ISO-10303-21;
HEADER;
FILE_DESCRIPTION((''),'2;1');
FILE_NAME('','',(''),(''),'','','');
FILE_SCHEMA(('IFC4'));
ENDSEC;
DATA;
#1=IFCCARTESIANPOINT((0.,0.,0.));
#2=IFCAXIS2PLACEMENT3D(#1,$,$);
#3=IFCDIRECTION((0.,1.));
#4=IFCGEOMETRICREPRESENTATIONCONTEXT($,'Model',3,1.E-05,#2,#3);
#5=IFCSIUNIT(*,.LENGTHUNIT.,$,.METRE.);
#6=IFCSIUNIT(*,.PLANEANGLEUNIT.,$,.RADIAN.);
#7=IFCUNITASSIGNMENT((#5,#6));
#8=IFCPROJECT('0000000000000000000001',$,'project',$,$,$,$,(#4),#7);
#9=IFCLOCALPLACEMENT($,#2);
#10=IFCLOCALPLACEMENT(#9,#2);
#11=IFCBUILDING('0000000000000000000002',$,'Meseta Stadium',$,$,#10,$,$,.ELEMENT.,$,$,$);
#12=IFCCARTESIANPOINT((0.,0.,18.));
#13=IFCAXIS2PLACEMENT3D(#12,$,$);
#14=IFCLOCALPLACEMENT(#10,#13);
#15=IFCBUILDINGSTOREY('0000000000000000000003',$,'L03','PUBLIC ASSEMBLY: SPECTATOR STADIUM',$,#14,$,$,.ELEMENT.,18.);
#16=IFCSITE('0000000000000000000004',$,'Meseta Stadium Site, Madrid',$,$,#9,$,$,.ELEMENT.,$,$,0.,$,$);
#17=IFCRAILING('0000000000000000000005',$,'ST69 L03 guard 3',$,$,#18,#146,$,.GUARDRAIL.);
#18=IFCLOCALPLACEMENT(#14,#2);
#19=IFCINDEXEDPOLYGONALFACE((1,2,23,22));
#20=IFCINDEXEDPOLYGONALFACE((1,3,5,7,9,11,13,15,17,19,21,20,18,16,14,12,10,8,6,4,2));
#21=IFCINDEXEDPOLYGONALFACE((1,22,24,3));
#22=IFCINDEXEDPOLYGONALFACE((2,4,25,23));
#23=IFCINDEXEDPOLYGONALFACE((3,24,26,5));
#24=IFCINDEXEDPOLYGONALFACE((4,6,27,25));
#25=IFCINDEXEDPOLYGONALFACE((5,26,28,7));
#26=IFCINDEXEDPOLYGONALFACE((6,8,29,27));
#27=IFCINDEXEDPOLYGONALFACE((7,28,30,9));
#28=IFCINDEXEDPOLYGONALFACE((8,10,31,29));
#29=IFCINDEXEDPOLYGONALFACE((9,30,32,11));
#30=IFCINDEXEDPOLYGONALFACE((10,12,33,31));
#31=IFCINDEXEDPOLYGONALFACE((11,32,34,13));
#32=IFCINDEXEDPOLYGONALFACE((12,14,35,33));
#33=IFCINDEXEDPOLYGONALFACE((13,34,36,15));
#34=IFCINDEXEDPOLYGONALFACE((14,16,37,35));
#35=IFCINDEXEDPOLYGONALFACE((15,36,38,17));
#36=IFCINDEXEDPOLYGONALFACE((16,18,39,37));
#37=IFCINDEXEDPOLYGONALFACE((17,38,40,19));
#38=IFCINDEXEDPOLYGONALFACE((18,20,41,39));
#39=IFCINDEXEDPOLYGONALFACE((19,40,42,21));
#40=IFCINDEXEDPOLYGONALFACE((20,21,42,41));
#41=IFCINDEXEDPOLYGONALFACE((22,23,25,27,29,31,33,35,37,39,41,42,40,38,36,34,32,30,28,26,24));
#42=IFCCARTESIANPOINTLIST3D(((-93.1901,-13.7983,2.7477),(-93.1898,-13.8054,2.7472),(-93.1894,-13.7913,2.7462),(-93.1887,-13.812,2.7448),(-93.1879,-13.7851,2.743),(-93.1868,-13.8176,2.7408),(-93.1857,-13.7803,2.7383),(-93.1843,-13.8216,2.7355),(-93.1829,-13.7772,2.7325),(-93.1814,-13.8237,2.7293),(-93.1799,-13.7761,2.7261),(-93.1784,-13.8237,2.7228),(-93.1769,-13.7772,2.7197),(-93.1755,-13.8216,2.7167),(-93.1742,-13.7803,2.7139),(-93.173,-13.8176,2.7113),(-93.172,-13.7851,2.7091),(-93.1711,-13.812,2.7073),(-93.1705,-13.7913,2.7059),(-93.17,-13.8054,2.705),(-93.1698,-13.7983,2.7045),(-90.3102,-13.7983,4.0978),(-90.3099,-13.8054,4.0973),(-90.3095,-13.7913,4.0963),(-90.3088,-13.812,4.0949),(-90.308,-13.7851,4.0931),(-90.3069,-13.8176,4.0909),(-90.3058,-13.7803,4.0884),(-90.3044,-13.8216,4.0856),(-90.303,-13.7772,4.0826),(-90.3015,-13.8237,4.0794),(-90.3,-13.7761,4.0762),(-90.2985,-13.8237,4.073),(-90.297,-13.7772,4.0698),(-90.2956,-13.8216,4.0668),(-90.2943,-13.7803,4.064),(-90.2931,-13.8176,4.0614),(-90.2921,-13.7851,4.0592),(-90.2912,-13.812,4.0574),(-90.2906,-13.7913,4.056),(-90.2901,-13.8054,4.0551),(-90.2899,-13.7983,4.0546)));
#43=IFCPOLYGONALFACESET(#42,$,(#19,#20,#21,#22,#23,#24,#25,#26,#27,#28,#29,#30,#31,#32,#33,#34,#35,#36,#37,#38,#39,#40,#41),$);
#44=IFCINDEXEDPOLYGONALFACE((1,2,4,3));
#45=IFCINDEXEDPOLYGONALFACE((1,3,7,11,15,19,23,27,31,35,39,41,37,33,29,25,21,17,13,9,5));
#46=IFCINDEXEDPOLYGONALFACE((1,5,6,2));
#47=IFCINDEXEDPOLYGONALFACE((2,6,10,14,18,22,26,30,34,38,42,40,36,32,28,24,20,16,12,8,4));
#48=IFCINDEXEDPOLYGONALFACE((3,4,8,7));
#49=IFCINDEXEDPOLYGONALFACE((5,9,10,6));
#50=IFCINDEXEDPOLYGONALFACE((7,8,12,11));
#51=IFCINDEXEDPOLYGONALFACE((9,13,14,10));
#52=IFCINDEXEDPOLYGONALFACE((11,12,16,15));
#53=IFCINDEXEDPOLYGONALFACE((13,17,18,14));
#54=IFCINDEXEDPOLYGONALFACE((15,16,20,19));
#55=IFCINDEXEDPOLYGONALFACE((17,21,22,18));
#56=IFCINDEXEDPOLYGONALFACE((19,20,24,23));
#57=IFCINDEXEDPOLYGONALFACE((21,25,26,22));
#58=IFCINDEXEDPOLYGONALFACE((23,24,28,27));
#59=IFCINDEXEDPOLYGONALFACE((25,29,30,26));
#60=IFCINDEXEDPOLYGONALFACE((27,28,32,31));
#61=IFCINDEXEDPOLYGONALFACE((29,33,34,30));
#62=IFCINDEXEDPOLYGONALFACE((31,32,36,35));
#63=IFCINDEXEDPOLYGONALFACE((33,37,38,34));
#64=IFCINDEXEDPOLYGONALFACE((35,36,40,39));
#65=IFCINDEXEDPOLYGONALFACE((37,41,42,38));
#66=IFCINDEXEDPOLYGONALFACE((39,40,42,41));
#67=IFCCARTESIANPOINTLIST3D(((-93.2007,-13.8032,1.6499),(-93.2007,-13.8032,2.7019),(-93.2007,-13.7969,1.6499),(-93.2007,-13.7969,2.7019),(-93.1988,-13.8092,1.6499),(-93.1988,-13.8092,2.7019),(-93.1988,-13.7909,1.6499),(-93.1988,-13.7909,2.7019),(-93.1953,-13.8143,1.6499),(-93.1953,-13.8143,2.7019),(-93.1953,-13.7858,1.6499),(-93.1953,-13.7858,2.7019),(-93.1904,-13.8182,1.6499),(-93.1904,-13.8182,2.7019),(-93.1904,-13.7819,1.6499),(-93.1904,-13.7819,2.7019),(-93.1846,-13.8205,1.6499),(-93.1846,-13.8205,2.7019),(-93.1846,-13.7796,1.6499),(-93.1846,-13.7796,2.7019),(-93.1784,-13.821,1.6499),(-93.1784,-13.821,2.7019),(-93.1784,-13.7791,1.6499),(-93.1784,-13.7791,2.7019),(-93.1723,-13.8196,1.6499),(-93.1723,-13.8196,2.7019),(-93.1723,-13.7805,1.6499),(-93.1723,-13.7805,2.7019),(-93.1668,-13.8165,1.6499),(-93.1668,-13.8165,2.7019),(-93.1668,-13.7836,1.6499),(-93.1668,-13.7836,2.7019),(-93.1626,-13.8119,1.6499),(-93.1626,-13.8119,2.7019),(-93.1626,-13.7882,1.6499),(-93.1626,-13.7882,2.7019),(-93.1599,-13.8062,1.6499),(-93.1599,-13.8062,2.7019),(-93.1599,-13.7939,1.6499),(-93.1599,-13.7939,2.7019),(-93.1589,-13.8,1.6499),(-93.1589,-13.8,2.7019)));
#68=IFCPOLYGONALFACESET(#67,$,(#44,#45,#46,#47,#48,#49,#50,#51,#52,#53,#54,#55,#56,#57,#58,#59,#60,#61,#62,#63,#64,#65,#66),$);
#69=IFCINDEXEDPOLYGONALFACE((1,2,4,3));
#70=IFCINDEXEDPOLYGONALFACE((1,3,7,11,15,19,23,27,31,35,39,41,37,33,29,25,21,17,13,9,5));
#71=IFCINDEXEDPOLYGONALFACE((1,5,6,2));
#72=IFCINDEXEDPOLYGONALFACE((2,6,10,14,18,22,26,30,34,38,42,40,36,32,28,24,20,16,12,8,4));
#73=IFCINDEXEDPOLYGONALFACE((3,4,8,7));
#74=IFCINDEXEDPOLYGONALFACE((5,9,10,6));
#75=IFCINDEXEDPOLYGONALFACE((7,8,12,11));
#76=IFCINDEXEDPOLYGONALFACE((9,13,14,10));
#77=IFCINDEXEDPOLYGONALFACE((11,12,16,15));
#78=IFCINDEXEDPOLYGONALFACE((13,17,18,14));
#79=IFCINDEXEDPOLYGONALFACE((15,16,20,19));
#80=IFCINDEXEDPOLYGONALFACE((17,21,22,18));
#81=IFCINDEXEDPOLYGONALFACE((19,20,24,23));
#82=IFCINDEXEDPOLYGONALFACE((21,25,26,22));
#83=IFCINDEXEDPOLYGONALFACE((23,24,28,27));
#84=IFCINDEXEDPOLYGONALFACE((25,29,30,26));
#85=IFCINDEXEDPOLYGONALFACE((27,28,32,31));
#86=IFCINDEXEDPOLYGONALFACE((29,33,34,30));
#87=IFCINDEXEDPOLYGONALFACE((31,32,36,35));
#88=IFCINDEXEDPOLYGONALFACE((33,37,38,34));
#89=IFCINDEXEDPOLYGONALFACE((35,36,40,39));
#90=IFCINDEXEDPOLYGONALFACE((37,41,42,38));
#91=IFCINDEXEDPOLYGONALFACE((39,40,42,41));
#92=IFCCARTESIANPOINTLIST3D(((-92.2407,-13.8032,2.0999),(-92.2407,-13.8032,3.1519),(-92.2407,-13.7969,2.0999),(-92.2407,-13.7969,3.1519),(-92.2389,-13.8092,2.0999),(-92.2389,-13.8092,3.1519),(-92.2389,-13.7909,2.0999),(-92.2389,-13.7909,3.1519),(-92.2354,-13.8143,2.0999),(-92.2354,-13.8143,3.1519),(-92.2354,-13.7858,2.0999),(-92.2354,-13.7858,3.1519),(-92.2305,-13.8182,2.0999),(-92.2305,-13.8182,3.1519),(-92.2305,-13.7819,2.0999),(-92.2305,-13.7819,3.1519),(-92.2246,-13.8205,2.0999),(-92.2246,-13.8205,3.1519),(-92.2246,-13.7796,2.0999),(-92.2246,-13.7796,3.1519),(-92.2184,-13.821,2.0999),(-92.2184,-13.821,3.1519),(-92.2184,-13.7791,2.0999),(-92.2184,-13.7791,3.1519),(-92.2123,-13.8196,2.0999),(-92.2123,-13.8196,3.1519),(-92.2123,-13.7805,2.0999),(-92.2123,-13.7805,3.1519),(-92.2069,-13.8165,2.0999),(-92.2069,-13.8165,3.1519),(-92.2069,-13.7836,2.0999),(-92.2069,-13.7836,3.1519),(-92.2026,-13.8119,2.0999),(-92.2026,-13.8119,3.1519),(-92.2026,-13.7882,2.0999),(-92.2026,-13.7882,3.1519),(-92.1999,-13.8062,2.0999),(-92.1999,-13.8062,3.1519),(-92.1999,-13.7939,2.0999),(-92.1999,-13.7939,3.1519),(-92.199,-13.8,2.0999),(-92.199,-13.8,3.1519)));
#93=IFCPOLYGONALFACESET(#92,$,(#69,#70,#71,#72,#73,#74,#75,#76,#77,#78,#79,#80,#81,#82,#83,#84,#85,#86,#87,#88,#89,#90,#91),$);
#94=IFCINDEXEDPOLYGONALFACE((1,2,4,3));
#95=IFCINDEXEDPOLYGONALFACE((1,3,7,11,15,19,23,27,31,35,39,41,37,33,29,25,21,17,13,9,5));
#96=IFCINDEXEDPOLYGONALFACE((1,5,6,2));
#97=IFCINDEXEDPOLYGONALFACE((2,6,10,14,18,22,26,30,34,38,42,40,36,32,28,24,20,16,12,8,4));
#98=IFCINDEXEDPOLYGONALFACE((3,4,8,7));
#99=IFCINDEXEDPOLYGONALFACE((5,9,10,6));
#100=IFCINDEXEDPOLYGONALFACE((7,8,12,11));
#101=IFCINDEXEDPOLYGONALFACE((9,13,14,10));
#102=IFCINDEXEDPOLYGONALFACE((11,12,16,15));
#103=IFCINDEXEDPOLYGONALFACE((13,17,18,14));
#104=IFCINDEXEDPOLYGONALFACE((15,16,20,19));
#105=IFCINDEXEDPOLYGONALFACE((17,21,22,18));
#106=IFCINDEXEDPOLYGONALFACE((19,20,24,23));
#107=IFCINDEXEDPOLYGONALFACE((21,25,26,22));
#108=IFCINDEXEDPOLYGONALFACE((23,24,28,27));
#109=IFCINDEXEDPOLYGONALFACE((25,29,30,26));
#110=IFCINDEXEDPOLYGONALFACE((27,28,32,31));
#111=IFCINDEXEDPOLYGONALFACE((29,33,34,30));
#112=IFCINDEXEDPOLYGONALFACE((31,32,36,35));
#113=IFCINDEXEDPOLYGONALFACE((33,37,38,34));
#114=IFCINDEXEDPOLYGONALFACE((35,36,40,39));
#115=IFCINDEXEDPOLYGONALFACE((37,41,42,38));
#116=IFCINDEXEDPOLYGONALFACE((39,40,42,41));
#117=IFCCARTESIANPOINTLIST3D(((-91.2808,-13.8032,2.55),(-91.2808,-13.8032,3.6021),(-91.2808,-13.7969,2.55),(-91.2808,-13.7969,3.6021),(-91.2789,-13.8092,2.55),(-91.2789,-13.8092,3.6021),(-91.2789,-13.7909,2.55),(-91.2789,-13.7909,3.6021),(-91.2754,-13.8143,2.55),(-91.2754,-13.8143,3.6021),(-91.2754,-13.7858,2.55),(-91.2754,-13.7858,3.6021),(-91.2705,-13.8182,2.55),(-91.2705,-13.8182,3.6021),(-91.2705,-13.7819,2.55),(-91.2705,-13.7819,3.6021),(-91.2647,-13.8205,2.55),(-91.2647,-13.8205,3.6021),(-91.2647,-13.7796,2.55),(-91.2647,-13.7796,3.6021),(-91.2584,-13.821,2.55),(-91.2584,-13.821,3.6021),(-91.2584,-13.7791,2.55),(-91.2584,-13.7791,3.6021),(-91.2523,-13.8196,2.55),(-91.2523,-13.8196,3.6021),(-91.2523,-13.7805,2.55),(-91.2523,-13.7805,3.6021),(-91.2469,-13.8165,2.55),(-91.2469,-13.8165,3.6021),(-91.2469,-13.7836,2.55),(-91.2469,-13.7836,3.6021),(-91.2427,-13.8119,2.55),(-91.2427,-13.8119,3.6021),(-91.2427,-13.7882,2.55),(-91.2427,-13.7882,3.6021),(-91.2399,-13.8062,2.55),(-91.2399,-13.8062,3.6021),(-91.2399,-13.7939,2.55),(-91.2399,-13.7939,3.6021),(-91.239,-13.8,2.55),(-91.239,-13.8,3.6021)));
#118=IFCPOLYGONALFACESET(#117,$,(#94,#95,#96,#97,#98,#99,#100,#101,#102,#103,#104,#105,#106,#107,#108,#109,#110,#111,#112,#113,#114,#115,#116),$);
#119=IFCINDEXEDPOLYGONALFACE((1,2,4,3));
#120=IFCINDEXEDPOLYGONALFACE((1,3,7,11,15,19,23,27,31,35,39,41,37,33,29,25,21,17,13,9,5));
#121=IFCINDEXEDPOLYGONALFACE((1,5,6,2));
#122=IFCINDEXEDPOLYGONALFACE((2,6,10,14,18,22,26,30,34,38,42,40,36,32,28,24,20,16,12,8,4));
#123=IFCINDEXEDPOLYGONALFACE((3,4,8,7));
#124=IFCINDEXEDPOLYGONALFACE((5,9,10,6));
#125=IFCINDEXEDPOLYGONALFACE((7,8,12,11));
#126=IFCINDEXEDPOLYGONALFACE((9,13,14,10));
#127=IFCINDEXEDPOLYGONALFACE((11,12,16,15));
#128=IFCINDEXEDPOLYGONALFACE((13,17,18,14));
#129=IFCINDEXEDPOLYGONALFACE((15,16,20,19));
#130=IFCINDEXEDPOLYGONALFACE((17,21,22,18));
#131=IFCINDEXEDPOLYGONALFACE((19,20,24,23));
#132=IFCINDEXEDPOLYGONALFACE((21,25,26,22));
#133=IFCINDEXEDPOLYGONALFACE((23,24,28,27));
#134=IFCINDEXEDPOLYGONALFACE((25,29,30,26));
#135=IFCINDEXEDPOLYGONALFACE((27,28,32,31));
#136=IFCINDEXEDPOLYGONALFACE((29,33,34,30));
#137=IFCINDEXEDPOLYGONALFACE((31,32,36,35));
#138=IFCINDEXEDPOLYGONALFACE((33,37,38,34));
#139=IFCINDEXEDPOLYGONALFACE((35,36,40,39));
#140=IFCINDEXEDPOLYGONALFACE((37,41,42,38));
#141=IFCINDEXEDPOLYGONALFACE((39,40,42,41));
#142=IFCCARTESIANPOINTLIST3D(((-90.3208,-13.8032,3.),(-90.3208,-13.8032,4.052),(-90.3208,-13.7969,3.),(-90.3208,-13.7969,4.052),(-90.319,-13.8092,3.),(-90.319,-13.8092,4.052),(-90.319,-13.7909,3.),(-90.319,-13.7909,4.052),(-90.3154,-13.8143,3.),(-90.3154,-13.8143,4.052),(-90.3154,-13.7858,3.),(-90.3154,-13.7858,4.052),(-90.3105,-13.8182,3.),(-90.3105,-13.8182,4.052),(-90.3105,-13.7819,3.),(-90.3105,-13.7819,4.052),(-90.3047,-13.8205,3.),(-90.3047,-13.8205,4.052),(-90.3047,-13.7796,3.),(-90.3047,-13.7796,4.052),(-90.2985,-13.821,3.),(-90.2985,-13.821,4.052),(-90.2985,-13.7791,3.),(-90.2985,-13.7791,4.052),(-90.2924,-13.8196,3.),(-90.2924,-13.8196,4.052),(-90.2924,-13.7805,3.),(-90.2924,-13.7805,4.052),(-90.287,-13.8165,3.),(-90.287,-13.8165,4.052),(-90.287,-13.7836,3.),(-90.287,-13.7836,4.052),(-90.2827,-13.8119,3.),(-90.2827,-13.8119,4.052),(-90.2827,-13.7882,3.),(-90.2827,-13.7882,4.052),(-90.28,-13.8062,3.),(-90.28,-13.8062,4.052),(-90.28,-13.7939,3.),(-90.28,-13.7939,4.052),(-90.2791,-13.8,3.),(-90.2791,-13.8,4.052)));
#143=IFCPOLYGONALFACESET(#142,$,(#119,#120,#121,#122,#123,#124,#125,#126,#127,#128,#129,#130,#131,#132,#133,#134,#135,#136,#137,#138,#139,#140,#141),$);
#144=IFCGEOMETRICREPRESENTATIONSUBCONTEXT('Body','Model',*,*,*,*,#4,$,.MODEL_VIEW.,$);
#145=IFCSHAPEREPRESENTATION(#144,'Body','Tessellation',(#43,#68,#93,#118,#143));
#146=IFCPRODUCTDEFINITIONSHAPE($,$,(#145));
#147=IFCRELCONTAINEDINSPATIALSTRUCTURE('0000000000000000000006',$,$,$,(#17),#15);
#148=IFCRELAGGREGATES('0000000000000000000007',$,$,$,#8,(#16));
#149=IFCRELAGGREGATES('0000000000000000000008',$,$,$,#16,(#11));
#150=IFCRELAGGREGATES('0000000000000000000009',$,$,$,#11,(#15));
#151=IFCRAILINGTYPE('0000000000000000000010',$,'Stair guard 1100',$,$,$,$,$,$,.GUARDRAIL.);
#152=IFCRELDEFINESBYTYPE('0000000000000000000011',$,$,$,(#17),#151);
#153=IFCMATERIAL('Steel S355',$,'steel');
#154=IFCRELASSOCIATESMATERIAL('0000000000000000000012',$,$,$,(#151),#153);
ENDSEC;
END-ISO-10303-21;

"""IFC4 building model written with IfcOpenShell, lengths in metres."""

from ifc_helpers import new_model, si_unit, direction, frame, origin, origin_2d, place, context, subcontext, project, spatial, circle, extrude, material, type_object, element, save


model = new_model("IFC4")

# Units and contexts
model_context = context("Model", 3, precision=1e-05, world=origin(), true_north=direction((0.0, 1.0)))
body_context = subcontext(model_context, "Body", "Model", "MODEL_VIEW")
ifc_project = project(units=[si_unit("LENGTHUNIT", "METRE"), si_unit("PLANEANGLEUNIT", "RADIAN")], contexts=[model_context])

# Site, building, storey
site_placement = place(None, origin())
site = spatial("IfcSite", under=ifc_project, at=site_placement, Name="Meseta Stadium Site, Madrid", CompositionType="ELEMENT", RefElevation=0.0)
building_placement = place(site_placement, origin())
building = spatial("IfcBuilding", under=site, at=building_placement, Name="Meseta Stadium", CompositionType="ELEMENT")
storey_placement = place(building_placement, frame((0.0, 0.0, 18.0)))
storey = spatial("IfcBuildingStorey", under=building, at=storey_placement, Name="L03", Description="PUBLIC ASSEMBLY: SPECTATOR STADIUM", CompositionType="ELEMENT", Elevation=18.0)

# Railing
ifc_material_1 = material(Name="Steel S355", Category="steel")
railing_type_1 = type_object("IfcRailingType", Name="Stair guard 1100", PredefinedType="GUARDRAIL", material=ifc_material_1)
railing_1_placement = place(storey_placement, frame((-93.1799, -13.8, 1.6499)))
element("IfcRailing", 1, at=railing_1_placement, inside=storey, type_object=railing_type_1, Name="ST69 L03 guard 3", PredefinedType="GUARDRAIL", context=body_context, shape_type="SweptSolid", body=[
    extrude(circle(Radius=0.0239, at=origin_2d()), frame((0.0, 0.0, 1.0762), z_axis=(0.90544, 0.0, 0.424473), x_axis=(0.0, 1.0, 0.0)), (0.0, 0.0, 1.0), 3.1807),
    extrude(circle(Radius=0.021, at=origin_2d()), origin(), (0.0, 0.0, 1.0), 1.052),
    extrude(circle(Radius=0.021, at=origin_2d()), frame((0.96, 0.0, 0.45)), (0.0, 0.0, 1.0), 1.052),
    extrude(circle(Radius=0.021, at=origin_2d()), frame((1.9199, 0.0, 0.9001)), (0.0, 0.0, 1.0), 1.052),
    extrude(circle(Radius=0.021, at=origin_2d()), frame((2.8799, 0.0, 1.3501)), (0.0, 0.0, 1.0), 1.052),
])

save(model, "model.ifc")
